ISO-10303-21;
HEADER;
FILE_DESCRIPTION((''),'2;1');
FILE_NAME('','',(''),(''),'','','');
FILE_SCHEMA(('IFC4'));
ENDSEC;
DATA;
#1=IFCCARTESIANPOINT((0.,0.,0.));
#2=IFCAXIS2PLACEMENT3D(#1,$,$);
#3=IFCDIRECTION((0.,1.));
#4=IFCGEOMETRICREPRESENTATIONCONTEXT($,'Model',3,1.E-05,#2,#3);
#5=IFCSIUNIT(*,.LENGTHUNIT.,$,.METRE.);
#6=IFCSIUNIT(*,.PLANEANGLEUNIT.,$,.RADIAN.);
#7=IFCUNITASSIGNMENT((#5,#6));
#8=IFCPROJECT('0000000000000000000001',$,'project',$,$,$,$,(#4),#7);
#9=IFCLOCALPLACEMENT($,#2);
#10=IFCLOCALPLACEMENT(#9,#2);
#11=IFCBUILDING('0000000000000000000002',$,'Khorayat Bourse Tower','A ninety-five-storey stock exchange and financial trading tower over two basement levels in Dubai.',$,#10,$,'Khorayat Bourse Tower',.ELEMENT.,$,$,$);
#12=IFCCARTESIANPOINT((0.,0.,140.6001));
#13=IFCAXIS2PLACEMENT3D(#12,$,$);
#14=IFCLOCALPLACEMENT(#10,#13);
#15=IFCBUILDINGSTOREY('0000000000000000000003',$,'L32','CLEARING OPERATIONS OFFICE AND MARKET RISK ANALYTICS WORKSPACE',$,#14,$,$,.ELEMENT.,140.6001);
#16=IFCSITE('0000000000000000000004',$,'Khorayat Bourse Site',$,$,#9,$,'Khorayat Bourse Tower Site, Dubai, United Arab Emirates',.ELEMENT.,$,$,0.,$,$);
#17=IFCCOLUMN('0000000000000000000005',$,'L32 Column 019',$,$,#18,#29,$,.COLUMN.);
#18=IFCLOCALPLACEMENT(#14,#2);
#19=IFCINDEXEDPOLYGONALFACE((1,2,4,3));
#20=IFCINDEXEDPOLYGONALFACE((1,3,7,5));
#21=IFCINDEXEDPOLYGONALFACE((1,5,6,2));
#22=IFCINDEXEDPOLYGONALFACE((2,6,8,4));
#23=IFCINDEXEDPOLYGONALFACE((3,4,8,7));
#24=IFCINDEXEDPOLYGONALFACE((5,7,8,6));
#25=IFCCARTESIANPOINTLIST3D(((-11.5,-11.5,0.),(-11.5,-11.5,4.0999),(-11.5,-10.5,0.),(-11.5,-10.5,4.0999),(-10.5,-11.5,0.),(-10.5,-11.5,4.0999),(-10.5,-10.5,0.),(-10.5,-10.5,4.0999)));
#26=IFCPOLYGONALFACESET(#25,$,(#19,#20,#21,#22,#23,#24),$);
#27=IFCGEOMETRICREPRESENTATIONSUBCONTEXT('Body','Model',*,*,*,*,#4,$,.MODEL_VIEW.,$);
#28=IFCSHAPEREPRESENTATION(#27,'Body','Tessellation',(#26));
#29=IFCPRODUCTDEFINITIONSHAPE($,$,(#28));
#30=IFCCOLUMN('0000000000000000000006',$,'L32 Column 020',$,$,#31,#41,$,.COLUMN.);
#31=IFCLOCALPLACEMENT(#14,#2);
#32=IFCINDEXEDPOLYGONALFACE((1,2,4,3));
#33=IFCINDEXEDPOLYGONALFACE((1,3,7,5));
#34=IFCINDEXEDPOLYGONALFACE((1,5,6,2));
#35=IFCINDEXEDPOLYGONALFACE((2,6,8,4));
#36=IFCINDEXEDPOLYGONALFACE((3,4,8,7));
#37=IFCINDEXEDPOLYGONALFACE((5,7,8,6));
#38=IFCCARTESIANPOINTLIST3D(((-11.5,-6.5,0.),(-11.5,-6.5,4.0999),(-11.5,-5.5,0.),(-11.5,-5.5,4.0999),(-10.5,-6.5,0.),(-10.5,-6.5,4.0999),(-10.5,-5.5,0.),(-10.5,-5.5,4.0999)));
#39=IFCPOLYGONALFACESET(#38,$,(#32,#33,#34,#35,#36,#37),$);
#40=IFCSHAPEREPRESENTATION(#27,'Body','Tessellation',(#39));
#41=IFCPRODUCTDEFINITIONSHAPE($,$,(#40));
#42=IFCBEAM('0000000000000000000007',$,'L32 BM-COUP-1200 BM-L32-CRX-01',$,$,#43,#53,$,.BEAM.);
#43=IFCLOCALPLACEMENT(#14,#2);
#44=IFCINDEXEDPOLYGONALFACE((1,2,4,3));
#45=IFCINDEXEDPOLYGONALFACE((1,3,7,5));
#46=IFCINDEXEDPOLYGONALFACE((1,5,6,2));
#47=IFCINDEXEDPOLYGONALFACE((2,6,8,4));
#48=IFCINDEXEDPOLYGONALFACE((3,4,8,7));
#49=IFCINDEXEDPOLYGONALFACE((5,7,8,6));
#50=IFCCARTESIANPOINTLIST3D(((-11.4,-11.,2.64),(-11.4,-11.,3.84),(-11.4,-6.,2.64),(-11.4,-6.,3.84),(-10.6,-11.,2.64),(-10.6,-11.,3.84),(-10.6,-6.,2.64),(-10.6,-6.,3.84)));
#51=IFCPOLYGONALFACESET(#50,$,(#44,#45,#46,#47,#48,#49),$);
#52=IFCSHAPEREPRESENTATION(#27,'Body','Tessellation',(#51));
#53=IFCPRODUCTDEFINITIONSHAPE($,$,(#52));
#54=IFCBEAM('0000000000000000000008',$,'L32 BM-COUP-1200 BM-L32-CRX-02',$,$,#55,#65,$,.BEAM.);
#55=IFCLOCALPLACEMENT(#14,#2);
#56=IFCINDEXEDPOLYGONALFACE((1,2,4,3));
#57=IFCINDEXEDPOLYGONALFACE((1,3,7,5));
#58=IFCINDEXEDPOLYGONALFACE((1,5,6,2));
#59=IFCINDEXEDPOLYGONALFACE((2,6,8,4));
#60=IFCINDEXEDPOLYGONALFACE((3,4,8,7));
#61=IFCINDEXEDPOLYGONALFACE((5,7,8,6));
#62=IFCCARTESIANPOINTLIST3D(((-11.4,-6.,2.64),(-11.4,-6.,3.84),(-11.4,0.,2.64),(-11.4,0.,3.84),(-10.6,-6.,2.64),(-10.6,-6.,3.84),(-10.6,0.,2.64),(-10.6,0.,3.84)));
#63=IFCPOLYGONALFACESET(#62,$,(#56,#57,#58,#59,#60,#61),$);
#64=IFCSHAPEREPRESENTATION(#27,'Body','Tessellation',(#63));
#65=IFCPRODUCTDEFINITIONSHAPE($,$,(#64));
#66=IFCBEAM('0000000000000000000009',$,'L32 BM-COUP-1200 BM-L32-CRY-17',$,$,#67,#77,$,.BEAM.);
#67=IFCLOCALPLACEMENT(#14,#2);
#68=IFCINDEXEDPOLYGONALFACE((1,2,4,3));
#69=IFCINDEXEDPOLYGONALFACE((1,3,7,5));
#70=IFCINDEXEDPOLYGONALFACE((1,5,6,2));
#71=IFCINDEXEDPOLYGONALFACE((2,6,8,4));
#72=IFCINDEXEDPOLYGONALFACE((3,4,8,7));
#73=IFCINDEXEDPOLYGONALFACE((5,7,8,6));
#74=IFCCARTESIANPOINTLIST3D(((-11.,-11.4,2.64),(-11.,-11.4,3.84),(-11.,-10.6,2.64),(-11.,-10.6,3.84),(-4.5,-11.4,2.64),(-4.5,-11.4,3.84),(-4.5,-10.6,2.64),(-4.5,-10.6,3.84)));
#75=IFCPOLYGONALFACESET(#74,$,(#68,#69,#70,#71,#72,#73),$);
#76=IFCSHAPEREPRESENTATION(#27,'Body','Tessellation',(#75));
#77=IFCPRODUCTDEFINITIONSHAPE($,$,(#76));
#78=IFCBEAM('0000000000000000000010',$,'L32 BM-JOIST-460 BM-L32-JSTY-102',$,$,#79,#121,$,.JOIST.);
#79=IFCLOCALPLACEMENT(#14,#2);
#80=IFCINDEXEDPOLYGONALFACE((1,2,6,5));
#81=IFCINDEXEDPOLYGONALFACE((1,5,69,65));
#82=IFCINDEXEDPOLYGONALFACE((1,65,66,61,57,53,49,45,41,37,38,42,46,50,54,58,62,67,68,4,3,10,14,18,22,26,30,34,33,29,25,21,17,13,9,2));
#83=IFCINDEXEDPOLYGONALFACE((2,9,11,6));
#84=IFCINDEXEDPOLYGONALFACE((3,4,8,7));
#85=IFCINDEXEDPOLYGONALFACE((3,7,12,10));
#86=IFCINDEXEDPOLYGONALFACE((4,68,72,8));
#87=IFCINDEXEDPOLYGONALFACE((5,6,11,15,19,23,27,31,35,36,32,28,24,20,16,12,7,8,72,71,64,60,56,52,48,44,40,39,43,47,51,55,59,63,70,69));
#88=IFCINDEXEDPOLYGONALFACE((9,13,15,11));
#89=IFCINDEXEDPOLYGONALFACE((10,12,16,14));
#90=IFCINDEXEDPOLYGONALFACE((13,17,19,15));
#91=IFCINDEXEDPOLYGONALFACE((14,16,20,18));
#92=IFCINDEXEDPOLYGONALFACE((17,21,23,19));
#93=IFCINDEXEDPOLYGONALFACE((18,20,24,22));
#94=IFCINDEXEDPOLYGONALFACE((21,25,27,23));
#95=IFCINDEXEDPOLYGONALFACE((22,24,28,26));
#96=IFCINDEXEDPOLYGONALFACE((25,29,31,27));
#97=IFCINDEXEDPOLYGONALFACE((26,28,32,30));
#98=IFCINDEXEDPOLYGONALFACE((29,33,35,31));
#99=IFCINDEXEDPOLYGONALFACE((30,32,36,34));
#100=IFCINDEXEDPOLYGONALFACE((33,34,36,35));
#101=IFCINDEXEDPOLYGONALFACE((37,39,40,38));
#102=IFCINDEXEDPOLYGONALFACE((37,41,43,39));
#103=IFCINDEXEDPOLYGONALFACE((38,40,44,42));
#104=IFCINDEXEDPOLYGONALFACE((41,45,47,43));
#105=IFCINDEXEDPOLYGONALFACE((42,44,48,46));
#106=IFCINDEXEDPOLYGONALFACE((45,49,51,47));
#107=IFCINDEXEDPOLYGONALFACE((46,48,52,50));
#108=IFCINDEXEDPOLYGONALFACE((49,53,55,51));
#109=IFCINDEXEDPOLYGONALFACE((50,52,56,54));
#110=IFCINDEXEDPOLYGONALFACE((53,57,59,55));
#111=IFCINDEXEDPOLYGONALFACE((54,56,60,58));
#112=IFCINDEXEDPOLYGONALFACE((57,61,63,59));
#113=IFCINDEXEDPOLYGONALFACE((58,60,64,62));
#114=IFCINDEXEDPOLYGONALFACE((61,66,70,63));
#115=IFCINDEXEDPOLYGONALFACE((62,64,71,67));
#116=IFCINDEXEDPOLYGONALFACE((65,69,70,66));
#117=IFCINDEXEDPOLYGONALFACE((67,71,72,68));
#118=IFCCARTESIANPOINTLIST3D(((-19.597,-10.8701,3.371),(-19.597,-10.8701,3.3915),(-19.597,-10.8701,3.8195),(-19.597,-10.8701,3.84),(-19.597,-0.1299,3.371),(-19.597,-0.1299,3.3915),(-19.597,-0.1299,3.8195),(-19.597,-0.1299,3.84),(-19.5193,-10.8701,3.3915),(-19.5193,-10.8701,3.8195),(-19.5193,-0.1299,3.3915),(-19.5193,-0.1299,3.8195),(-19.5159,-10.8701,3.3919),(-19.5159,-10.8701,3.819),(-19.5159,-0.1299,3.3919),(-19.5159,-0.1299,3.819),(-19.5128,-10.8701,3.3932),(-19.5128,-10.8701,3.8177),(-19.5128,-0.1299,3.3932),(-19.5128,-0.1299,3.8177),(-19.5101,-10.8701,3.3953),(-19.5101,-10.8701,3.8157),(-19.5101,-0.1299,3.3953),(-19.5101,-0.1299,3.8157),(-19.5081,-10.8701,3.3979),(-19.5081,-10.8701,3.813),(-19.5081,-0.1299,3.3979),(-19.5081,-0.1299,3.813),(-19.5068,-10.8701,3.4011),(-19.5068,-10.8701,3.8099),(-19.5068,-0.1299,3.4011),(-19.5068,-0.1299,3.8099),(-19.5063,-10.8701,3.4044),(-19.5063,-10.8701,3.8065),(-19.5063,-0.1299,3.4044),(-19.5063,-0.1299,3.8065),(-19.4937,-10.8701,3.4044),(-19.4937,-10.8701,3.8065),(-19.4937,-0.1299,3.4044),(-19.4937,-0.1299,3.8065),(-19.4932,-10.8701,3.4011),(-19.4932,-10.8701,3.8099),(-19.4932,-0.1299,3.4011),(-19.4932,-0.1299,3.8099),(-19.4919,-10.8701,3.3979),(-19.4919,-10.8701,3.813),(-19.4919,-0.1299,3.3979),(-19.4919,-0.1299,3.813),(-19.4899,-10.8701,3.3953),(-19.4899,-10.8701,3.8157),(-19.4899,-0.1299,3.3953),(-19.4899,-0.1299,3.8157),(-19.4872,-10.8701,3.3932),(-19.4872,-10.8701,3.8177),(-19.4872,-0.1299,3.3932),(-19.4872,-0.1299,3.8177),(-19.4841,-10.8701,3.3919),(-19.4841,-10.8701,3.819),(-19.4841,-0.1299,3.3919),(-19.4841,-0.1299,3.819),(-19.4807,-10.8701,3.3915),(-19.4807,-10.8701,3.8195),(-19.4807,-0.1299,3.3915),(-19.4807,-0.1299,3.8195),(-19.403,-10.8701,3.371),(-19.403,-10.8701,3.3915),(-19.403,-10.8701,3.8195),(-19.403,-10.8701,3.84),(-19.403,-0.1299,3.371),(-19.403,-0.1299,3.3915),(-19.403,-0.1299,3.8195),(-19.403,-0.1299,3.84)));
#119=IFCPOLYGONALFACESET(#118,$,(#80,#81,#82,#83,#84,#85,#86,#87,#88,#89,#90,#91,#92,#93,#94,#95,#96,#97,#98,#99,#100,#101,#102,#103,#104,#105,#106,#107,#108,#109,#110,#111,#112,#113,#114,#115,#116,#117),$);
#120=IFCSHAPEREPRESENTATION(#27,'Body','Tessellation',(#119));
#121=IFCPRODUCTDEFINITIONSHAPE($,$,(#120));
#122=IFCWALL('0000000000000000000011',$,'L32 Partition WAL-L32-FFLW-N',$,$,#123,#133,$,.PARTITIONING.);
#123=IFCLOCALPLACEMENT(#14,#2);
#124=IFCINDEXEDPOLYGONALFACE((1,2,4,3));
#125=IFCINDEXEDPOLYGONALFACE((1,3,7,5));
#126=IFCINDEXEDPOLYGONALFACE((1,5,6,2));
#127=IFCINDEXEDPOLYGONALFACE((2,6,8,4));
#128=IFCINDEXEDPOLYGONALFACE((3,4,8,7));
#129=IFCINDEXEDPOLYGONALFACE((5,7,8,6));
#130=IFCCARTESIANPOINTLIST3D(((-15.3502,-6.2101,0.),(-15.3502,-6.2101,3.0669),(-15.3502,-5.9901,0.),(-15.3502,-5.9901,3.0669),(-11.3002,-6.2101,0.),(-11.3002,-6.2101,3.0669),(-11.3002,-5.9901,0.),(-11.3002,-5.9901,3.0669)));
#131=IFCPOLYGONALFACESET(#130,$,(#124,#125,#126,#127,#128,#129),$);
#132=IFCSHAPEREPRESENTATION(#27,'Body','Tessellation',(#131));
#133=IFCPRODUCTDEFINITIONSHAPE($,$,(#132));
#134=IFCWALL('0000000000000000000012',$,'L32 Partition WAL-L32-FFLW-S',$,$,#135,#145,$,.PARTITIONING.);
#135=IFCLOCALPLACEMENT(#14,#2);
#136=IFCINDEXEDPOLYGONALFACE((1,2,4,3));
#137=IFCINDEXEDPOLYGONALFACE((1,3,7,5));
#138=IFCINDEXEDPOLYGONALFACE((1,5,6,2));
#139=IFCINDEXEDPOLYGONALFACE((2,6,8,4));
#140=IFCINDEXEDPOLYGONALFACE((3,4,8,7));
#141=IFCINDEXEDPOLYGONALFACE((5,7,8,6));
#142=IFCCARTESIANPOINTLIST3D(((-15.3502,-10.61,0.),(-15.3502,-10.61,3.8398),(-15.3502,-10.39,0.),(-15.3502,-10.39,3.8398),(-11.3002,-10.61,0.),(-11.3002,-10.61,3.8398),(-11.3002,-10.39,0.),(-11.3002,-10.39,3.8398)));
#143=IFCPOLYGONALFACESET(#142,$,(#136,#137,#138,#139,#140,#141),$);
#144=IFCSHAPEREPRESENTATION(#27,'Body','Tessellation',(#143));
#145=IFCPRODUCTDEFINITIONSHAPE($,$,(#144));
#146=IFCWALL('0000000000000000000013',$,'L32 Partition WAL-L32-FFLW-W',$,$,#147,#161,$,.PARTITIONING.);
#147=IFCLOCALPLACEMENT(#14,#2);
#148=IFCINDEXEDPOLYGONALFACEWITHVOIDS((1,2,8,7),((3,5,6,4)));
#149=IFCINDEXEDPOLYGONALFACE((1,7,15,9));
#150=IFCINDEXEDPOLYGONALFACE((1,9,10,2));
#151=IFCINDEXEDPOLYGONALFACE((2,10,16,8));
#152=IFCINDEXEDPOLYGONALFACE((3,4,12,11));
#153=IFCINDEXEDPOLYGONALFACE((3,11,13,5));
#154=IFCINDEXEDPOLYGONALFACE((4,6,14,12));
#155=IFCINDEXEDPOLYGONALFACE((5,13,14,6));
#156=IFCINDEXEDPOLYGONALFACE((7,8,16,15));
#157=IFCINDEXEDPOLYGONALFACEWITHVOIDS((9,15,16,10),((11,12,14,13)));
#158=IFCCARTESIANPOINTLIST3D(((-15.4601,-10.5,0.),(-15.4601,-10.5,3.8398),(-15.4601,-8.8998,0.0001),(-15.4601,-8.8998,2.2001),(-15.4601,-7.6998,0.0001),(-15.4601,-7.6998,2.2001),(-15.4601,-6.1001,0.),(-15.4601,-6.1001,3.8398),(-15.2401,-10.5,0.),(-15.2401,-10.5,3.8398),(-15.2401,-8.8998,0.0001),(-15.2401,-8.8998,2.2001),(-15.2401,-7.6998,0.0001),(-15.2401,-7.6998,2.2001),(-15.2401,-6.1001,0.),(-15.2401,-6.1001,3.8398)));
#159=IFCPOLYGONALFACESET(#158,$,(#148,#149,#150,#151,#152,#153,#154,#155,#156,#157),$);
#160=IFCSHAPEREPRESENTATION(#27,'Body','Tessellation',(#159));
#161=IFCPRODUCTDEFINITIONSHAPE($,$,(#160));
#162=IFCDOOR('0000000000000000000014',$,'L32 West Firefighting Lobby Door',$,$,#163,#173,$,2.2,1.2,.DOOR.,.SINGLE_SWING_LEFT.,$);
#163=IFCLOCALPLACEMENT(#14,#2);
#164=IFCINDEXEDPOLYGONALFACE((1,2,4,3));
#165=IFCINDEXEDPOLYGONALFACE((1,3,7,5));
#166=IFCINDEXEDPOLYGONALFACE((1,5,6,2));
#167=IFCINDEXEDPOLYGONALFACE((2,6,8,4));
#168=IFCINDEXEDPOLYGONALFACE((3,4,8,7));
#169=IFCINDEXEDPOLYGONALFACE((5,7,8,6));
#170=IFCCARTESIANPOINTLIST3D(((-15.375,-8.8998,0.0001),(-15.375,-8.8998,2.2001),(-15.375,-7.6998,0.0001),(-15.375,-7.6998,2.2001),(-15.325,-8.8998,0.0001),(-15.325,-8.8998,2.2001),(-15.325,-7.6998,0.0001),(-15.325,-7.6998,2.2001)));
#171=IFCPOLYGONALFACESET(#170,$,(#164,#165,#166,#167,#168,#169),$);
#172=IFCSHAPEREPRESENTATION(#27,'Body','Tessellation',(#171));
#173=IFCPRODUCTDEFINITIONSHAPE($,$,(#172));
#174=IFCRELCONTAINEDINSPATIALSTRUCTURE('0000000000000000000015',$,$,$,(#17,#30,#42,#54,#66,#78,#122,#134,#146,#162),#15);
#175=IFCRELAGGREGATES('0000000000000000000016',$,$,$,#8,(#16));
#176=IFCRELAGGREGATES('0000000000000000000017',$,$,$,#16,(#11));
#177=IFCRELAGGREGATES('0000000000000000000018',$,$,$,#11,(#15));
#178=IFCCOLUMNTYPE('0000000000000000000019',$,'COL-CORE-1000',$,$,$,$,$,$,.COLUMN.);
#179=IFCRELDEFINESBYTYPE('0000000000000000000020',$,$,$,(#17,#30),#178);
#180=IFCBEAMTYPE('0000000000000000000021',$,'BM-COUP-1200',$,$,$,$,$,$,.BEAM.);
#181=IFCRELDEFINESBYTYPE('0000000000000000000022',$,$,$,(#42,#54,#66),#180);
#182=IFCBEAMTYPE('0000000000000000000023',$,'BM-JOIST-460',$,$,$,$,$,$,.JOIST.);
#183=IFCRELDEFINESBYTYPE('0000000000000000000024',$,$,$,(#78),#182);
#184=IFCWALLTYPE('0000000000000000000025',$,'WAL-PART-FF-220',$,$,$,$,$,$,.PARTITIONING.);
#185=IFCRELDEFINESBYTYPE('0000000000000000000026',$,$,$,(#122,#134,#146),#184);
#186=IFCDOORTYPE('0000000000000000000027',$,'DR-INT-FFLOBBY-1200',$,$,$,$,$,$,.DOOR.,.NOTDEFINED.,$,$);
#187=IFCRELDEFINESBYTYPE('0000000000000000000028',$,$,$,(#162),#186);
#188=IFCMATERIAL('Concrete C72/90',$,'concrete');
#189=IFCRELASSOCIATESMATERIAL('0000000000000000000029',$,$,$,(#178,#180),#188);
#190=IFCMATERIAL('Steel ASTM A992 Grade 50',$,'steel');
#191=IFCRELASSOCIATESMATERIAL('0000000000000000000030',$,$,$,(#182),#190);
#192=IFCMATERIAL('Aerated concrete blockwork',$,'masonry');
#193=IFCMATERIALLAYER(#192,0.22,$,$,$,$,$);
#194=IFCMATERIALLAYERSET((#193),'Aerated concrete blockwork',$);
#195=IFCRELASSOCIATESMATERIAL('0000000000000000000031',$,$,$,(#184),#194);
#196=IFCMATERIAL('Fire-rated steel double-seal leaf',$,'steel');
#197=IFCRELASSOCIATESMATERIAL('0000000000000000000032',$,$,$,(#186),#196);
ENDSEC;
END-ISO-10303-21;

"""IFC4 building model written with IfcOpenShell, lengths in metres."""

from ifc_helpers import new_model, si_unit, direction, frame, frame_2d, origin, origin_2d, place, context, subcontext, project, spatial, rectangle, i_section, extrude, source, transform, mapped, material, layer, layer_set, material_profile, profile_set, type_object, element, fill, save


model = new_model("IFC4")

# Units and contexts
model_context = context("Model", 3, precision=1e-05, world=origin(), true_north=direction((0.0, 1.0)))
body_context = subcontext(model_context, "Body", "Model", "MODEL_VIEW")
ifc_project = project(units=[si_unit("LENGTHUNIT", "METRE"), si_unit("PLANEANGLEUNIT", "RADIAN")], contexts=[model_context])

# Site, building, storey
site_placement = place(None, origin())
site = spatial("IfcSite", under=ifc_project, at=site_placement, Name="Khorayat Bourse Site", LongName="Khorayat Bourse Tower Site, Dubai, United Arab Emirates", CompositionType="ELEMENT", RefElevation=0.0)
building_placement = place(site_placement, origin())
building = spatial("IfcBuilding", under=site, at=building_placement, Name="Khorayat Bourse Tower", Description="A ninety-five-storey stock exchange and financial trading tower over two basement levels in Dubai.", LongName="Khorayat Bourse Tower", CompositionType="ELEMENT")
storey_placement = place(building_placement, frame((0.0, 0.0, 140.6001)))
storey = spatial("IfcBuildingStorey", under=building, at=storey_placement, Name="L32", Description="CLEARING OPERATIONS OFFICE AND MARKET RISK ANALYTICS WORKSPACE", CompositionType="ELEMENT", Elevation=140.6001)

# Columns
ifc_material_1 = material(Name="Concrete C72/90", Category="concrete")
ifc_material_profile_1 = material_profile(ifc_material_1, rectangle(XDim=1.0, YDim=1.0, at=origin_2d()), Name="RC 1000x1000")
ifc_profile_set_1 = profile_set([ifc_material_profile_1], Name="Concrete C72/90")
column_type = type_object("IfcColumnType", Name="COL-CORE-1000", PredefinedType="COLUMN", material=ifc_profile_set_1)
shared_shape_1 = source(origin(), body_context, "Body", "SweptSolid", [
    extrude(rectangle(XDim=1.0, YDim=1.0, at=origin_2d()), origin(), (0.0, 0.0, 1.0), 4.0999),
])
for number, where, z_axis, x_axis, name in (
    (1, (-11.0, -11.0, 0.0), (0.0, 0.0, 1.0), (1.0, 0.0, 0.0), "L32 Column 019"),
    (2, (-11.0, -6.0, 0.0), (0.0, 0.0, 1.0), (1.0, 0.0, 0.0), "L32 Column 020"),
):
    element("IfcColumn", number, at=place(storey_placement, frame(where, z_axis=z_axis, x_axis=x_axis)), inside=storey, type_object=column_type, Name=name, PredefinedType="COLUMN", context=body_context, shape_type="MappedRepresentation", body=[
        mapped(shared_shape_1, transform((0.0, 0.0, 0.0), scale=1.0)),
    ])

# Beams
ifc_material_profile_2 = material_profile(ifc_material_1, rectangle(XDim=0.8, YDim=1.2, at=origin_2d()), Name="RC 800x1200")
ifc_profile_set_2 = profile_set([ifc_material_profile_2], Name="Concrete C72/90")
beam_type_1 = type_object("IfcBeamType", Name="BM-COUP-1200", PredefinedType="BEAM", material=ifc_profile_set_2)
shared_shape_2 = source(origin(), body_context, "Body", "SweptSolid", [
    extrude(rectangle(XDim=0.8, YDim=1.2, at=origin_2d()), origin(), (0.0, 0.0, 1.0), 5.0),
])
beam_1_placement = place(storey_placement, frame((-11.0, -11.0, 3.24), z_axis=(0.0, 1.0, 0.0), x_axis=(-1.0, 0.0, 0.0)))
element("IfcBeam", 3, at=beam_1_placement, inside=storey, type_object=beam_type_1, Name="L32 BM-COUP-1200 BM-L32-CRX-01", PredefinedType="BEAM", context=body_context, shape_type="MappedRepresentation", body=[
    mapped(shared_shape_2, transform((0.0, 0.0, 0.0), scale=1.0)),
])
shared_shape_3 = source(origin(), body_context, "Body", "SweptSolid", [
    extrude(rectangle(XDim=0.8, YDim=1.2, at=origin_2d()), origin(), (0.0, 0.0, 1.0), 6.0),
])
beam_2_placement = place(storey_placement, frame((-11.0, -6.0, 3.24), z_axis=(0.0, 1.0, 0.0), x_axis=(-1.0, 0.0, 0.0)))
element("IfcBeam", 4, at=beam_2_placement, inside=storey, type_object=beam_type_1, Name="L32 BM-COUP-1200 BM-L32-CRX-02", PredefinedType="BEAM", context=body_context, shape_type="MappedRepresentation", body=[
    mapped(shared_shape_3, transform((0.0, 0.0, 0.0), scale=1.0)),
])
shared_shape_4 = source(origin(), body_context, "Body", "SweptSolid", [
    extrude(rectangle(XDim=0.8, YDim=1.2, at=origin_2d()), origin(), (0.0, 0.0, 1.0), 6.5),
])
beam_3_placement = place(storey_placement, frame((-11.0, -11.0, 3.24), z_axis=(1.0, 0.0, 0.0), x_axis=(0.0, 1.0, 0.0)))
element("IfcBeam", 5, at=beam_3_placement, inside=storey, type_object=beam_type_1, Name="L32 BM-COUP-1200 BM-L32-CRY-17", PredefinedType="BEAM", context=body_context, shape_type="MappedRepresentation", body=[
    mapped(shared_shape_4, transform((0.0, 0.0, 0.0), scale=1.0)),
])
ifc_material_2 = material(Name="Steel ASTM A992 Grade 50", Category="steel")
ifc_material_profile_3 = material_profile(ifc_material_2, i_section(OverallWidth=0.1941, OverallDepth=0.469, WebThickness=0.0127, FlangeThickness=0.0205, FilletRadius=0.0129, at=origin_2d()), Name="W460X106")
ifc_profile_set_3 = profile_set([ifc_material_profile_3], Name="Steel ASTM A992 Grade 50")
beam_type_2 = type_object("IfcBeamType", Name="BM-JOIST-460", PredefinedType="JOIST", material=ifc_profile_set_3)
shared_shape_5 = source(origin(), body_context, "Body", "SweptSolid", [
    extrude(i_section(OverallWidth=0.1941, OverallDepth=0.469, WebThickness=0.0127, FlangeThickness=0.0205, FilletRadius=0.0129, at=origin_2d()), origin(), (0.0, 0.0, 1.0), 10.7402),
])
beam_4_placement = place(storey_placement, frame((-19.5, -10.8701, 3.6055), z_axis=(0.0, 1.0, 0.0), x_axis=(-1.0, 0.0, 0.0)))
element("IfcBeam", 6, at=beam_4_placement, inside=storey, type_object=beam_type_2, Name="L32 BM-JOIST-460 BM-L32-JSTY-102", PredefinedType="JOIST", context=body_context, shape_type="MappedRepresentation", body=[
    mapped(shared_shape_5, transform((0.0, 0.0, 0.0), scale=1.0)),
])

# Walls
ifc_material_3 = material(Name="Aerated concrete blockwork", Category="masonry")
ifc_layer_1 = layer(ifc_material_3, 0.22)
ifc_layer_set_1 = layer_set([ifc_layer_1], Name="Aerated concrete blockwork")
wall_type_1 = type_object("IfcWallType", Name="WAL-PART-FF-220", PredefinedType="PARTITIONING", material=ifc_layer_set_1)
shared_shape_6 = source(origin(), body_context, "Body", "SweptSolid", [
    extrude(rectangle(XDim=4.05, YDim=0.22, at=frame_2d((2.0249, 0.0))), origin(), (0.0, 0.0, 1.0), 3.0669),
])
wall_1_placement = place(storey_placement, frame((-15.3501, -6.1001, 0.0), z_axis=(0.0, 0.0, 1.0), x_axis=(1.0, 0.0, 0.0)))
element("IfcWall", 7, at=wall_1_placement, inside=storey, type_object=wall_type_1, Name="L32 Partition WAL-L32-FFLW-N", PredefinedType="PARTITIONING", context=body_context, shape_type="MappedRepresentation", body=[
    mapped(shared_shape_6, transform((0.0, 0.0, 0.0), scale=1.0)),
])
shared_shape_7 = source(origin(), body_context, "Body", "SweptSolid", [
    extrude(rectangle(XDim=4.05, YDim=0.22, at=frame_2d((2.0249, 0.0))), origin(), (0.0, 0.0, 1.0), 3.8398),
])
wall_2_placement = place(storey_placement, frame((-15.3501, -10.5, 0.0), z_axis=(0.0, 0.0, 1.0), x_axis=(1.0, 0.0, 0.0)))
element("IfcWall", 8, at=wall_2_placement, inside=storey, type_object=wall_type_1, Name="L32 Partition WAL-L32-FFLW-S", PredefinedType="PARTITIONING", context=body_context, shape_type="MappedRepresentation", body=[
    mapped(shared_shape_7, transform((0.0, 0.0, 0.0), scale=1.0)),
])

# Wall, opening, door
shared_shape_8 = source(origin(), body_context, "Body", "SweptSolid", [
    extrude(rectangle(XDim=4.3999, YDim=0.22, at=frame_2d((2.2, 0.0))), origin(), (0.0, 0.0, 1.0), 3.8398),
])
wall_3_placement = place(storey_placement, frame((-15.3501, -10.5, 0.0), z_axis=(0.0, 0.0, 1.0), x_axis=(0.0, 1.0, 0.0)))
wall_3 = element("IfcWall", 9, at=wall_3_placement, inside=storey, type_object=wall_type_1, Name="L32 Partition WAL-L32-FFLW-W", PredefinedType="PARTITIONING", context=body_context, shape_type="MappedRepresentation", body=[
    mapped(shared_shape_8, transform((0.0, 0.0, 0.0), scale=1.0)),
])
shared_shape_9 = source(origin(), body_context, "Body", "SweptSolid", [
    extrude(rectangle(XDim=1.2, YDim=2.2, at=frame_2d((0.6001, 1.1001))), frame((0.0, 0.1199, 0.0), z_axis=(0.0, -1.0, 0.0), x_axis=(1.0, 0.0, 0.0)), (0.0, 0.0, 1.0), 0.24),
])
opening_1_placement = place(wall_3_placement, frame((1.6001, 0.0, 0.0)))
opening_1 = element("IfcOpeningElement", 10, at=opening_1_placement, cuts=wall_3, PredefinedType="OPENING", context=body_context, shape_type="MappedRepresentation", body=[
    mapped(shared_shape_9, transform((0.0, 0.0, 0.0), scale=1.0)),
])
ifc_material_4 = material(Name="Fire-rated steel double-seal leaf", Category="steel")
door_type_1 = type_object("IfcDoorType", Name="DR-INT-FFLOBBY-1200", OperationType="NOTDEFINED", PredefinedType="DOOR", material=ifc_material_4)
shared_shape_10 = source(origin(), body_context, "Body", "SweptSolid", [
    extrude(rectangle(XDim=1.2, YDim=2.2, at=frame_2d((0.6001, 1.1001))), frame((0.0, 0.0249, 0.0), z_axis=(0.0, -1.0, 0.0), x_axis=(1.0, 0.0, 0.0)), (0.0, 0.0, 1.0), 0.05),
])
door_1_placement = place(opening_1_placement, origin())
door_1 = element("IfcDoor", 11, at=door_1_placement, inside=storey, type_object=door_type_1, Name="L32 West Firefighting Lobby Door", OperationType="SINGLE_SWING_LEFT", OverallHeight=2.2, OverallWidth=1.2, PredefinedType="DOOR", context=body_context, shape_type="MappedRepresentation", body=[
    mapped(shared_shape_10, transform((0.0, 0.0, 0.0), scale=1.0)),
])
fill(opening_1, door_1)

save(model, "model.ifc")
